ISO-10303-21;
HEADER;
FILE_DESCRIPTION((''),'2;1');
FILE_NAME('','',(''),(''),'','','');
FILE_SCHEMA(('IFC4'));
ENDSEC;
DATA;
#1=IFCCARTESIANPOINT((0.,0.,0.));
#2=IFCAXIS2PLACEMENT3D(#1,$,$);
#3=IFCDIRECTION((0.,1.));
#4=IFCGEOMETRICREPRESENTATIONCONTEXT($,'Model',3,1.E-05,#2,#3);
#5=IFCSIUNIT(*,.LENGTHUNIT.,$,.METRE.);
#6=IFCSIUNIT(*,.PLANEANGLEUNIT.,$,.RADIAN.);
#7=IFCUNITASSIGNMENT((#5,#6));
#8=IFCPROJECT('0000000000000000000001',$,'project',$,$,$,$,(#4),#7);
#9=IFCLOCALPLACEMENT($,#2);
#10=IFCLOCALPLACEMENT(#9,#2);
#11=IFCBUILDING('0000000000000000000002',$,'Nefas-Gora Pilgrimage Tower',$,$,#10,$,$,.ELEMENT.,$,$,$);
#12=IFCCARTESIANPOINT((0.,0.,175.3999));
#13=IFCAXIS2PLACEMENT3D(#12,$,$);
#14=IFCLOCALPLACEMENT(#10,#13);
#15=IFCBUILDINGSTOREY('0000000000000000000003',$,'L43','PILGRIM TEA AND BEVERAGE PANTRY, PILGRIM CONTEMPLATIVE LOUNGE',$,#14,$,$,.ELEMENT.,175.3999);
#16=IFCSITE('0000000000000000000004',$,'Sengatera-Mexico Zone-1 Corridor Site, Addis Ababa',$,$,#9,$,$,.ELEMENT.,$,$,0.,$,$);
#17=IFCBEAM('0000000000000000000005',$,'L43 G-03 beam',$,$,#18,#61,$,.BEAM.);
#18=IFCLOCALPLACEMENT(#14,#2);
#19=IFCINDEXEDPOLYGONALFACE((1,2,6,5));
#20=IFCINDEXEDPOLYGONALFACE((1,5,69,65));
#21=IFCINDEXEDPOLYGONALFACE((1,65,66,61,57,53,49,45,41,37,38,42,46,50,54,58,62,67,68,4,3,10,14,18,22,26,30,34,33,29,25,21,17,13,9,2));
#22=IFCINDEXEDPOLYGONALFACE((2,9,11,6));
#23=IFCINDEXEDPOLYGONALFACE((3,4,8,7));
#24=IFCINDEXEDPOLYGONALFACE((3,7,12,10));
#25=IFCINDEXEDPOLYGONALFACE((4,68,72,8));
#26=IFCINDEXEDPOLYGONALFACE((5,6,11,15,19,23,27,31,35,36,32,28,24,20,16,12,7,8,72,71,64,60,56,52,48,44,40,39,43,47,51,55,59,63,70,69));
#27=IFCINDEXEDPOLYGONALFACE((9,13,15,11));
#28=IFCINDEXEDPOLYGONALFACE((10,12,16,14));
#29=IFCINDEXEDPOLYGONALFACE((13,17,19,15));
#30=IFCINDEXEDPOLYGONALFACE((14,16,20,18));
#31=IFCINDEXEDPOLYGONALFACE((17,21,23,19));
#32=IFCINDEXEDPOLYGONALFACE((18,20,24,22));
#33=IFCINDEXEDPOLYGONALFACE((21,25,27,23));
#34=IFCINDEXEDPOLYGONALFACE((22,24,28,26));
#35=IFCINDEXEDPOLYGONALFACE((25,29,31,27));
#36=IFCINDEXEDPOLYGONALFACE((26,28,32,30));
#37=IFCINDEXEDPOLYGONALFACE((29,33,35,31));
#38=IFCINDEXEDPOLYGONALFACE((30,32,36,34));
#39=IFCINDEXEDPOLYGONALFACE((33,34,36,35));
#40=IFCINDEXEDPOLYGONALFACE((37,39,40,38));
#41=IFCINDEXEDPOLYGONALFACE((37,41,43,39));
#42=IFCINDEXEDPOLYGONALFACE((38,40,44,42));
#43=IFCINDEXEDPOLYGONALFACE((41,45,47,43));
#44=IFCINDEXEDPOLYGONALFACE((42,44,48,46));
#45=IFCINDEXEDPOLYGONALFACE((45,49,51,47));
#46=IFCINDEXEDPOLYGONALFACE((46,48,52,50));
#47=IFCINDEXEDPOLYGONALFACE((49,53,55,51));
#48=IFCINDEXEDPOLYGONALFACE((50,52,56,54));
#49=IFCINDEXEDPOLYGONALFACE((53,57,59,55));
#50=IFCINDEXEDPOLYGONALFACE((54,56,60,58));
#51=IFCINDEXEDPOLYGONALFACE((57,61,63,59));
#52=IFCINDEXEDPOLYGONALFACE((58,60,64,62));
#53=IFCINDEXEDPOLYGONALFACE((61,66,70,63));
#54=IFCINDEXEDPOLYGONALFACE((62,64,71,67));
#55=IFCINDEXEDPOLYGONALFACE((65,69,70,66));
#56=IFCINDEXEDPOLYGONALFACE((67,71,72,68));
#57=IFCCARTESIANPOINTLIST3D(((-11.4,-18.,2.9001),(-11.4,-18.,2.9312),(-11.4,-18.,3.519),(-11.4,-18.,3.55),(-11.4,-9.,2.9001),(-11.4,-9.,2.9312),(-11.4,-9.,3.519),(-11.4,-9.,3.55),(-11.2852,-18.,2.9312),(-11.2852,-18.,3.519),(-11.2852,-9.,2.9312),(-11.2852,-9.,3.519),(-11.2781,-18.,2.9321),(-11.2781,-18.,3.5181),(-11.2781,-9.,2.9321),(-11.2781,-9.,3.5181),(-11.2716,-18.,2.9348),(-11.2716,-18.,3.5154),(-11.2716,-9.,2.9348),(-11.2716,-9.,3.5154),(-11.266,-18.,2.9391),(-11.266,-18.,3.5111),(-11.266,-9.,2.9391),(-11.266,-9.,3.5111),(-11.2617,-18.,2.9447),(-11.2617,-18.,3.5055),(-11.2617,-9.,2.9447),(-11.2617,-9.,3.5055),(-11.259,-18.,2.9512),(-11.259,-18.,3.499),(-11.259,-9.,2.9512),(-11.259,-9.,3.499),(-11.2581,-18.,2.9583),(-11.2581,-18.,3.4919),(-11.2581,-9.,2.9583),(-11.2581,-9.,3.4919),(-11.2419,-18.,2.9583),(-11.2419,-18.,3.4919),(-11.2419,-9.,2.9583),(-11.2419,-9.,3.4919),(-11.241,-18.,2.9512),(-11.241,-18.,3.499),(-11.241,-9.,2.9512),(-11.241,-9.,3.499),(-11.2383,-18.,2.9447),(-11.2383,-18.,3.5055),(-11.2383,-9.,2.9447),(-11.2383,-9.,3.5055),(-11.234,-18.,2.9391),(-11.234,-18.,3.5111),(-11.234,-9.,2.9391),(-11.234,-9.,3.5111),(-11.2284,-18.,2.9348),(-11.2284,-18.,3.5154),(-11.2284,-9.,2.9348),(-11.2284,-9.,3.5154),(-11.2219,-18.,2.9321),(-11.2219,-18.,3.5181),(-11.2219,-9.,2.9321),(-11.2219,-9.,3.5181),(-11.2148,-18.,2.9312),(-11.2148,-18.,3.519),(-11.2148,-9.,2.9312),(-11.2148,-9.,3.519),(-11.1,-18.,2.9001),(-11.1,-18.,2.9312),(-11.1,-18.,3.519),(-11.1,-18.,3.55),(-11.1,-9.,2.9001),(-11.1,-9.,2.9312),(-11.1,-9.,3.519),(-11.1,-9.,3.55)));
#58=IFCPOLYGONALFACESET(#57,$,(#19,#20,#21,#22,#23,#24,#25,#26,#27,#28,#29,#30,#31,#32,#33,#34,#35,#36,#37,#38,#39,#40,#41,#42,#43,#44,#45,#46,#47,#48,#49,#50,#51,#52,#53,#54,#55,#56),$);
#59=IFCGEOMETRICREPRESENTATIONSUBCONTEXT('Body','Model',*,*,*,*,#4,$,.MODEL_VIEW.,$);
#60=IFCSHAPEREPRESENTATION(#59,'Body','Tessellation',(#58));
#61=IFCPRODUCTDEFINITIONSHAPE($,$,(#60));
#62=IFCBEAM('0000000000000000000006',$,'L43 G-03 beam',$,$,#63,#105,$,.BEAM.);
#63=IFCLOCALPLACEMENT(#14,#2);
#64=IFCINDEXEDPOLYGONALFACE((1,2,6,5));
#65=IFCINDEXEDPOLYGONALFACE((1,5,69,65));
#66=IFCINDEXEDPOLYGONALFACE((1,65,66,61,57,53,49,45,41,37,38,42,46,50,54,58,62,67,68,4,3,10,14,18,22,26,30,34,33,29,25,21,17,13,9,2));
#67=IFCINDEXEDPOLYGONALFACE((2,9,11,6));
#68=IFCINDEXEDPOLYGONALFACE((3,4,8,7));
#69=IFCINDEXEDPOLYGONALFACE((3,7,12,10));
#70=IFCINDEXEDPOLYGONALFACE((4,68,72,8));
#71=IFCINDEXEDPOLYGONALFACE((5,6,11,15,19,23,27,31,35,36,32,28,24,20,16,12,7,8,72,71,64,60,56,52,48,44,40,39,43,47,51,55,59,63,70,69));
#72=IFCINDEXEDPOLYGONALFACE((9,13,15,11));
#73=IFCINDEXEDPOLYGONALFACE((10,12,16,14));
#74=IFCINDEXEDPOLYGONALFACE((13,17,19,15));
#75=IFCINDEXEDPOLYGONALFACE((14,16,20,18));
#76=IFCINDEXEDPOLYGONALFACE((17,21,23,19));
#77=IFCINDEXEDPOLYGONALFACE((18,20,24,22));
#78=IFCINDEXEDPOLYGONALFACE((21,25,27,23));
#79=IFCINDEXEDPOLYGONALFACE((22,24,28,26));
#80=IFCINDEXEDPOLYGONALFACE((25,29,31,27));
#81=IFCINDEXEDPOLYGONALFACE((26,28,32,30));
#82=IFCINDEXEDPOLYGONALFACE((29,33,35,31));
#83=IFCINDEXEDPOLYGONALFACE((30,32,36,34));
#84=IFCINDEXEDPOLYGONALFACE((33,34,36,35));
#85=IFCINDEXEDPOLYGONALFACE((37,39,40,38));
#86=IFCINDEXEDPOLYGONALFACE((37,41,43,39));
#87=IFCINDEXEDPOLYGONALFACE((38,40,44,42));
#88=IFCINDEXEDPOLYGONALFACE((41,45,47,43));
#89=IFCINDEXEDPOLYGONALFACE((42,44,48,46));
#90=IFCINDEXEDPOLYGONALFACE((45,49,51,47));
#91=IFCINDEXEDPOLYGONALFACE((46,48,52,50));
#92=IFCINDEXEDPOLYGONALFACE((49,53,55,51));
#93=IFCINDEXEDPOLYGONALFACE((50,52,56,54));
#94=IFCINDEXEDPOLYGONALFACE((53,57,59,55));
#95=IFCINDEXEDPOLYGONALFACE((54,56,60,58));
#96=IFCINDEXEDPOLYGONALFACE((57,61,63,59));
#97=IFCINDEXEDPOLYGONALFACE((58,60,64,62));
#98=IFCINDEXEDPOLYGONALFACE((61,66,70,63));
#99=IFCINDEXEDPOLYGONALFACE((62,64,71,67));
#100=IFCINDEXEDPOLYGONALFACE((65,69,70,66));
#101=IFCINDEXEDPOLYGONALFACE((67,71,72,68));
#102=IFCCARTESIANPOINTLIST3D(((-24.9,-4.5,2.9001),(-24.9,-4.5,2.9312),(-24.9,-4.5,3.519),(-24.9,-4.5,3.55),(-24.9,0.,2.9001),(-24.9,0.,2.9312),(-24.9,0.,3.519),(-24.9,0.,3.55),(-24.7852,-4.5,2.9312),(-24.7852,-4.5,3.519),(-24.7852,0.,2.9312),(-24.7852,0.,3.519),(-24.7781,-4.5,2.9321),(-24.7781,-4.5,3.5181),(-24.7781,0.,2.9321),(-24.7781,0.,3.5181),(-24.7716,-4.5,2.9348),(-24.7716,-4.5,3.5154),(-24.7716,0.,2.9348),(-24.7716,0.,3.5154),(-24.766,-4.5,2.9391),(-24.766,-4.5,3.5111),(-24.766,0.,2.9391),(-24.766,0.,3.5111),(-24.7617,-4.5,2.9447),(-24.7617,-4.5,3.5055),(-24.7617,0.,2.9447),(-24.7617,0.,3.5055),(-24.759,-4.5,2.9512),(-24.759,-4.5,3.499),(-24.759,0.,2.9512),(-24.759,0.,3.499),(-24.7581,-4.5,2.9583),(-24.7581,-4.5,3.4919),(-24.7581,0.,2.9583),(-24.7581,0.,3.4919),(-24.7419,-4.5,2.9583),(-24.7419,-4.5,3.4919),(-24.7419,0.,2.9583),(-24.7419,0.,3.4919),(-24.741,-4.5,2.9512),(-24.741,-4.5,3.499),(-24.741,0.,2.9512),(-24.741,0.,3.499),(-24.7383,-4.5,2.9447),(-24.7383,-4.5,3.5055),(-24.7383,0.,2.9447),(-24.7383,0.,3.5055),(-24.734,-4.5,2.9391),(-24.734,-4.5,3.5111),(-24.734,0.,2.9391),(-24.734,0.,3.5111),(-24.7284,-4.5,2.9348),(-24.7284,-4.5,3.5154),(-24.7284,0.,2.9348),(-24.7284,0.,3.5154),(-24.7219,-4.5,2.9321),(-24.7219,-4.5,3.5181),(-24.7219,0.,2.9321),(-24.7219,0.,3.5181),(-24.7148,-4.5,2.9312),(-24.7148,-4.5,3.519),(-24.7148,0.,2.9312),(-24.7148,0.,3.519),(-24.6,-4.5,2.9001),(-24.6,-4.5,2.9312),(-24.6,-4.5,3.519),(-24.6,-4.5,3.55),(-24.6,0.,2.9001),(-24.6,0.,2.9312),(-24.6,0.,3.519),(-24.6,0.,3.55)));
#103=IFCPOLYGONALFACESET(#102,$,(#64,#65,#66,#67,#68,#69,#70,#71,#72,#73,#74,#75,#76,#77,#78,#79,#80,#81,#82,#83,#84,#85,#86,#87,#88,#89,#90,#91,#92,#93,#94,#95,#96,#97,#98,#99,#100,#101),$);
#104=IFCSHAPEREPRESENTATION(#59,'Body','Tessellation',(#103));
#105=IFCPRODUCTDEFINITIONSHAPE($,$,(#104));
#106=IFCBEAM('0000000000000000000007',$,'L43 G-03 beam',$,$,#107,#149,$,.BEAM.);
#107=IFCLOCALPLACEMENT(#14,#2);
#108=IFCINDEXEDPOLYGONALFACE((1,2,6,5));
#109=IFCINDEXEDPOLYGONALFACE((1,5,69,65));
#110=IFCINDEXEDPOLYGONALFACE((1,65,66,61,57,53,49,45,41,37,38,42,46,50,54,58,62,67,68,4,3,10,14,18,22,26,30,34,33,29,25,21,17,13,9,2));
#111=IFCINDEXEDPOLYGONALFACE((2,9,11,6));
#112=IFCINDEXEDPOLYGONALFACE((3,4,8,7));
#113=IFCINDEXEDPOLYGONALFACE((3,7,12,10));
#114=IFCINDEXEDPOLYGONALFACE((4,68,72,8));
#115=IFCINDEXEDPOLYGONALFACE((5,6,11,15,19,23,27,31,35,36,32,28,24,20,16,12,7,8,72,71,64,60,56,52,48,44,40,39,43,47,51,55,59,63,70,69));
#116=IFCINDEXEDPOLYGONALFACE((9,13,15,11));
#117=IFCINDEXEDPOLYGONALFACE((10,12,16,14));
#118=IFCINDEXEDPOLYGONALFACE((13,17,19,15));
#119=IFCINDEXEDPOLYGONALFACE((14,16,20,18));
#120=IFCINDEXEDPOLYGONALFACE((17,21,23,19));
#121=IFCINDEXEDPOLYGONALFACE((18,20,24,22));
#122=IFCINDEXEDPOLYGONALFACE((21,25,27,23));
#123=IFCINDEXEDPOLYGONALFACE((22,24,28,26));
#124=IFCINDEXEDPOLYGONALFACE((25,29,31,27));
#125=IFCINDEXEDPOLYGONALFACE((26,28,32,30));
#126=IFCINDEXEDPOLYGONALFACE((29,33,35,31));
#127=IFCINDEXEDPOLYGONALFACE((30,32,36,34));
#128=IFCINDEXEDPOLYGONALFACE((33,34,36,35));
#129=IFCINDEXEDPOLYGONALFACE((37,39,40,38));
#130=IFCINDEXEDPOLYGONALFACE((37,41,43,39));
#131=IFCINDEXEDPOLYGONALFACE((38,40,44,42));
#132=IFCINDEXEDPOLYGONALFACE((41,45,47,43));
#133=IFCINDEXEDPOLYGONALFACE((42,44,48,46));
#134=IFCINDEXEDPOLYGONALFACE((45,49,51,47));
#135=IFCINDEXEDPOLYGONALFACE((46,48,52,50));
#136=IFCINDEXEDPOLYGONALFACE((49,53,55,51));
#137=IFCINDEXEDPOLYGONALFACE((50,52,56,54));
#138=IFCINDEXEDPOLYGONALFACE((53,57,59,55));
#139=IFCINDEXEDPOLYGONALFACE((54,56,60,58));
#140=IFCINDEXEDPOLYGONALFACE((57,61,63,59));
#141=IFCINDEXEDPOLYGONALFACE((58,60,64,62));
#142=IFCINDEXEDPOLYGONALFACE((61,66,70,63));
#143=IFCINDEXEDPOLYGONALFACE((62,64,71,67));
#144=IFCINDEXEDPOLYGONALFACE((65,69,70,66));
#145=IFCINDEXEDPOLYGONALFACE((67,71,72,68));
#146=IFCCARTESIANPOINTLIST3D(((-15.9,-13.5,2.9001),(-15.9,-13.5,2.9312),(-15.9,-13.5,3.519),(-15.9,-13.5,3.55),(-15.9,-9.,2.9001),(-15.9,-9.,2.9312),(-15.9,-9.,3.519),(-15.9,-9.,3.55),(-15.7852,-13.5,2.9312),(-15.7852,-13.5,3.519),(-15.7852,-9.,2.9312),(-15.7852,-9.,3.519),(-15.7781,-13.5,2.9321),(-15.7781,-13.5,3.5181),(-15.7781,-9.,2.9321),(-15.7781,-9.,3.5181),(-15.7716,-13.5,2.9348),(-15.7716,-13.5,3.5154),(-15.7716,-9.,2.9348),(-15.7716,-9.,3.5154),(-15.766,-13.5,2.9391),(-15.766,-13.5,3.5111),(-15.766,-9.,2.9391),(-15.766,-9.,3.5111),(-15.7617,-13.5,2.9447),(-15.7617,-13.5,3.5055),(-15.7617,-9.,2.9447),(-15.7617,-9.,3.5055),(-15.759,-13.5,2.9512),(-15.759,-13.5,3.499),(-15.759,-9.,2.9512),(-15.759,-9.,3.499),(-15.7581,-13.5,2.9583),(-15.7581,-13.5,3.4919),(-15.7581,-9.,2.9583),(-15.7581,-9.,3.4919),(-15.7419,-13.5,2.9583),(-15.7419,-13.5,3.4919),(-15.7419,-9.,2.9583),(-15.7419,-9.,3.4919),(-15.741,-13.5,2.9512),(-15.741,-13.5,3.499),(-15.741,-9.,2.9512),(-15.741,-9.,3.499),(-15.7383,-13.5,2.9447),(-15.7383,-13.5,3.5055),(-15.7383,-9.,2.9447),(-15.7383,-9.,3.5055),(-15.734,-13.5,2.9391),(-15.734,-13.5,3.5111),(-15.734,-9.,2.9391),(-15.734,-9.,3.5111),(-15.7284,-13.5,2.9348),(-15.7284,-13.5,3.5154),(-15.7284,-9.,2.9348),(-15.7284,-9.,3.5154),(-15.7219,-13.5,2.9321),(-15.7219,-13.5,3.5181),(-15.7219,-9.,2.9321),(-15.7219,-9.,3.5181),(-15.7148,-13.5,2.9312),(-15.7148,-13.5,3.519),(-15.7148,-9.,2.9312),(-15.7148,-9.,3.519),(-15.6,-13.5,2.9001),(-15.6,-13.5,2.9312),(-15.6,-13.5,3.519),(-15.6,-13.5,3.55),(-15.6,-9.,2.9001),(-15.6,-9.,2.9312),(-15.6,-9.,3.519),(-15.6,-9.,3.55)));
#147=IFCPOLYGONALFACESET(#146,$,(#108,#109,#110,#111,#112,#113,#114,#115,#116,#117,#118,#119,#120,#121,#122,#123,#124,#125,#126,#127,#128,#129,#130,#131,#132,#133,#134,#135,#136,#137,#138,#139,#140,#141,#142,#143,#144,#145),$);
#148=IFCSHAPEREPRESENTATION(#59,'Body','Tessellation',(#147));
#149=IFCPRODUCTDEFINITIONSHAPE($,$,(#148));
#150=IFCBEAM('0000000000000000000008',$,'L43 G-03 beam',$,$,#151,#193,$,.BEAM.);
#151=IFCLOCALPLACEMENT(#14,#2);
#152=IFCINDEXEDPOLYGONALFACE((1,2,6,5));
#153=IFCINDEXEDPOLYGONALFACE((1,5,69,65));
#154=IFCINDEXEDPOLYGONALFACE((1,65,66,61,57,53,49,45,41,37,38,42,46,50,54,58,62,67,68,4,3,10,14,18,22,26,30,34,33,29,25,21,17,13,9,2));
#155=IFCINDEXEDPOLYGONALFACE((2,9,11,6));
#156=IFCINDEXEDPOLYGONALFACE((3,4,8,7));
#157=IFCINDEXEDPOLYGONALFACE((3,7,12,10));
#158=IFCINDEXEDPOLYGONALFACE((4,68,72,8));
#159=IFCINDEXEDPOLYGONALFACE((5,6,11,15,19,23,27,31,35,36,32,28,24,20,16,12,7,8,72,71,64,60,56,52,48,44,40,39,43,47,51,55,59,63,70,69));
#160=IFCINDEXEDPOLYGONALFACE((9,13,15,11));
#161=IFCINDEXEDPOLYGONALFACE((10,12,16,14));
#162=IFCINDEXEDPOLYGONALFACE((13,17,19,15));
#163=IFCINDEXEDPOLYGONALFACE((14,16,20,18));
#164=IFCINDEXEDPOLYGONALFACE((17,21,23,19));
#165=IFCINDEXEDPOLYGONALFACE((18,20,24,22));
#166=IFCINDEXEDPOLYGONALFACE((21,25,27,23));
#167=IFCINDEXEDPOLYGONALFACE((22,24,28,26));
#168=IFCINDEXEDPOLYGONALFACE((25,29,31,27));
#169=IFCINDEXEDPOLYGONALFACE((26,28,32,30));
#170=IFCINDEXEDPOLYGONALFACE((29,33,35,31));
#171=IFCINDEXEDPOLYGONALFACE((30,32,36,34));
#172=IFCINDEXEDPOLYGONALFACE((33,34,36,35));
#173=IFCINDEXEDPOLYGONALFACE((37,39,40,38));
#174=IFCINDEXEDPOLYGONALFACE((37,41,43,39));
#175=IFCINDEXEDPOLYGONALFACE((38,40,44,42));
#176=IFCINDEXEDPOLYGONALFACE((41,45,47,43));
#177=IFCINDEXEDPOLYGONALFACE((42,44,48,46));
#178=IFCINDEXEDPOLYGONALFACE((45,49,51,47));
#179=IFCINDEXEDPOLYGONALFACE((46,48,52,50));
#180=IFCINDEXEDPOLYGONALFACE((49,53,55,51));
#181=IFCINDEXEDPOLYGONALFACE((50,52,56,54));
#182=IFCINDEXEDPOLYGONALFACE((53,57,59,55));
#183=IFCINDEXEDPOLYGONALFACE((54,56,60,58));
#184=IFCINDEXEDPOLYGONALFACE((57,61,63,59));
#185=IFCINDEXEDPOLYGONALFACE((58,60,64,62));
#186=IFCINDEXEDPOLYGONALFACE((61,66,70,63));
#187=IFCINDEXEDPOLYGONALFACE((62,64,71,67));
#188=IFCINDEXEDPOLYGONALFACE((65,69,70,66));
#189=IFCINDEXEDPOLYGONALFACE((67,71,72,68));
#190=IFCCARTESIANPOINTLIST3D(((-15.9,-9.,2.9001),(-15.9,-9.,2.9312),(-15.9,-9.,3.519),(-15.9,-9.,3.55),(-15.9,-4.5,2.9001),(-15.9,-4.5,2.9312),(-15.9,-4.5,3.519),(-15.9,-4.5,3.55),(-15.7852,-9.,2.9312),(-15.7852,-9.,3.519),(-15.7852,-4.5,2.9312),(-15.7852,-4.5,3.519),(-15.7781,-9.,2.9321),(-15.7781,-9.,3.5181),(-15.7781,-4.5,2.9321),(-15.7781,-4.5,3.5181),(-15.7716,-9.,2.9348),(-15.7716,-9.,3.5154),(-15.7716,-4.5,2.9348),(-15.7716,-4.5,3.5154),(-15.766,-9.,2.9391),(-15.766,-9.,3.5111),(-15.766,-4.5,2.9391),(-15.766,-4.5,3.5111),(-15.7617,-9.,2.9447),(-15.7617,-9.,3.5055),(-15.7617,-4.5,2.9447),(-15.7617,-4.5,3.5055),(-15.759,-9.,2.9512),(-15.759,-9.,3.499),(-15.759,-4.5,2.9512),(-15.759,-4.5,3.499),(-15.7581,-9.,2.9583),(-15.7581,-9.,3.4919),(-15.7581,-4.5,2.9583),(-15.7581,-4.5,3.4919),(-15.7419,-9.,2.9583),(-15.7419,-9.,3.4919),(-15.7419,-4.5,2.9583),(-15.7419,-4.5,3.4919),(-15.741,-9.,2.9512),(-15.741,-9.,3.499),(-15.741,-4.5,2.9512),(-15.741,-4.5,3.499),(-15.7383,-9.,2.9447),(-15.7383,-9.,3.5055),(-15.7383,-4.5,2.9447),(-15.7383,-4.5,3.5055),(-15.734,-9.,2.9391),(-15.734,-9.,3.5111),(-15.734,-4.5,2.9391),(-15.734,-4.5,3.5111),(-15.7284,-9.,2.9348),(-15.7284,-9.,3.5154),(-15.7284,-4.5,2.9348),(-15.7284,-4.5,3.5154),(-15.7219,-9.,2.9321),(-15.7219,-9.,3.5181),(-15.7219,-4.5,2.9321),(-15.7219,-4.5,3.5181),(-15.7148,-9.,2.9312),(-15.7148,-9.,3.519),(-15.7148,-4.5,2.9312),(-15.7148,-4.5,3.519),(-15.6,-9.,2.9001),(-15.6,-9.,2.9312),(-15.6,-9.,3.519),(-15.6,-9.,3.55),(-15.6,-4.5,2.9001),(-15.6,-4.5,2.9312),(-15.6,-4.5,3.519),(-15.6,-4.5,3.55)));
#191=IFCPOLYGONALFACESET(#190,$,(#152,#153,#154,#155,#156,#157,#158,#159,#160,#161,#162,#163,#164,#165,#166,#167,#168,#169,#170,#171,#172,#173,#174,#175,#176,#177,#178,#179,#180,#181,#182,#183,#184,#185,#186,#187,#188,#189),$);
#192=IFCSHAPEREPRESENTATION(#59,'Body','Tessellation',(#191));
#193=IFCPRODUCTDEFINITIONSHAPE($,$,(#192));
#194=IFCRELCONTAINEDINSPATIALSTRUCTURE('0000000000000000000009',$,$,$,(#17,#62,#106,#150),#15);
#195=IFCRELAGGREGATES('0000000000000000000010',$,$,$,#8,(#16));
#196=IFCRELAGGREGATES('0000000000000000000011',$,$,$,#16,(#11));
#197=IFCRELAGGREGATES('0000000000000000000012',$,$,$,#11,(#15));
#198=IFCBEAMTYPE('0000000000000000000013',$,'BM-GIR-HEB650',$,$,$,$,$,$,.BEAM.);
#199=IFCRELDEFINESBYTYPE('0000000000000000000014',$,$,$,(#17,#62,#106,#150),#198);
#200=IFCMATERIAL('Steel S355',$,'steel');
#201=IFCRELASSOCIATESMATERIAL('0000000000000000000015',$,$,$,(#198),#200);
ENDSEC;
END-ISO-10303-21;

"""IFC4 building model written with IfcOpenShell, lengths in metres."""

from ifc_helpers import new_model, si_unit, direction, frame, origin, origin_2d, place, context, subcontext, project, spatial, i_section, extrude, source, transform, mapped, material, material_profile, profile_set, type_object, element, save


model = new_model("IFC4")

# Units and contexts
model_context = context("Model", 3, precision=1e-05, world=origin(), true_north=direction((0.0, 1.0)))
body_context = subcontext(model_context, "Body", "Model", "MODEL_VIEW")
ifc_project = project(units=[si_unit("LENGTHUNIT", "METRE"), si_unit("PLANEANGLEUNIT", "RADIAN")], contexts=[model_context])

# Site, building, storey
site_placement = place(None, origin())
site = spatial("IfcSite", under=ifc_project, at=site_placement, Name="Sengatera-Mexico Zone-1 Corridor Site, Addis Ababa", CompositionType="ELEMENT", RefElevation=0.0)
building_placement = place(site_placement, origin())
building = spatial("IfcBuilding", under=site, at=building_placement, Name="Nefas-Gora Pilgrimage Tower", CompositionType="ELEMENT")
storey_placement = place(building_placement, frame((0.0, 0.0, 175.3999)))
storey = spatial("IfcBuildingStorey", under=building, at=storey_placement, Name="L43", Description="PILGRIM TEA AND BEVERAGE PANTRY, PILGRIM CONTEMPLATIVE LOUNGE", CompositionType="ELEMENT", Elevation=175.3999)

# Beams
ifc_material_1 = material(Name="Steel S355", Category="steel")
ifc_material_profile_1 = material_profile(ifc_material_1, i_section(OverallWidth=0.3, OverallDepth=0.6499, WebThickness=0.0161, FlangeThickness=0.031, FilletRadius=0.0271, at=origin_2d()), Name="HEB 650")
ifc_profile_set_1 = profile_set([ifc_material_profile_1], Name="Steel S355")
beam_type = type_object("IfcBeamType", Name="BM-GIR-HEB650", PredefinedType="BEAM", material=ifc_profile_set_1)
shared_shape_1 = source(origin(), body_context, "Body", "SweptSolid", [
    extrude(i_section(OverallWidth=0.3, OverallDepth=0.6499, WebThickness=0.0161, FlangeThickness=0.031, FilletRadius=0.0271, at=origin_2d()), origin(), (0.0, 0.0, 1.0), 9.0),
])
for number, where, z_axis, x_axis, name in (
    (1, (-11.25, -18.0, 3.2251), (0.0, 1.0, 0.0), (-1.0, 0.0, 0.0), "L43 G-03 beam"),
):
    element("IfcBeam", number, at=place(storey_placement, frame(where, z_axis=z_axis, x_axis=x_axis)), inside=storey, type_object=beam_type, Name=name, PredefinedType="BEAM", context=body_context, shape_type="MappedRepresentation", body=[
        mapped(shared_shape_1, transform((0.0, 0.0, 0.0), x_axis=(1.0, 0.0, 0.0), y_axis=(0.0, 1.0, 0.0), z_axis=(0.0, 0.0, 1.0), scale=1.0)),
    ])
shared_shape_2 = source(origin(), body_context, "Body", "SweptSolid", [
    extrude(i_section(OverallWidth=0.3, OverallDepth=0.6499, WebThickness=0.0161, FlangeThickness=0.031, FilletRadius=0.0271, at=origin_2d()), origin(), (0.0, 0.0, 1.0), 4.5),
])
for number, where, z_axis, x_axis, name in (
    (2, (-24.75, -4.5, 3.2251), (0.0, 1.0, 0.0), (-1.0, 0.0, 0.0), "L43 G-03 beam"),
    (3, (-15.75, -13.5, 3.2251), (0.0, 1.0, 0.0), (-1.0, 0.0, 0.0), "L43 G-03 beam"),
    (4, (-15.75, -9.0, 3.2251), (0.0, 1.0, 0.0), (-1.0, 0.0, 0.0), "L43 G-03 beam"),
):
    element("IfcBeam", number, at=place(storey_placement, frame(where, z_axis=z_axis, x_axis=x_axis)), inside=storey, type_object=beam_type, Name=name, PredefinedType="BEAM", context=body_context, shape_type="MappedRepresentation", body=[
        mapped(shared_shape_2, transform((0.0, 0.0, 0.0), x_axis=(1.0, 0.0, 0.0), y_axis=(0.0, 1.0, 0.0), z_axis=(0.0, 0.0, 1.0), scale=1.0)),
    ])

save(model, "model.ifc")
